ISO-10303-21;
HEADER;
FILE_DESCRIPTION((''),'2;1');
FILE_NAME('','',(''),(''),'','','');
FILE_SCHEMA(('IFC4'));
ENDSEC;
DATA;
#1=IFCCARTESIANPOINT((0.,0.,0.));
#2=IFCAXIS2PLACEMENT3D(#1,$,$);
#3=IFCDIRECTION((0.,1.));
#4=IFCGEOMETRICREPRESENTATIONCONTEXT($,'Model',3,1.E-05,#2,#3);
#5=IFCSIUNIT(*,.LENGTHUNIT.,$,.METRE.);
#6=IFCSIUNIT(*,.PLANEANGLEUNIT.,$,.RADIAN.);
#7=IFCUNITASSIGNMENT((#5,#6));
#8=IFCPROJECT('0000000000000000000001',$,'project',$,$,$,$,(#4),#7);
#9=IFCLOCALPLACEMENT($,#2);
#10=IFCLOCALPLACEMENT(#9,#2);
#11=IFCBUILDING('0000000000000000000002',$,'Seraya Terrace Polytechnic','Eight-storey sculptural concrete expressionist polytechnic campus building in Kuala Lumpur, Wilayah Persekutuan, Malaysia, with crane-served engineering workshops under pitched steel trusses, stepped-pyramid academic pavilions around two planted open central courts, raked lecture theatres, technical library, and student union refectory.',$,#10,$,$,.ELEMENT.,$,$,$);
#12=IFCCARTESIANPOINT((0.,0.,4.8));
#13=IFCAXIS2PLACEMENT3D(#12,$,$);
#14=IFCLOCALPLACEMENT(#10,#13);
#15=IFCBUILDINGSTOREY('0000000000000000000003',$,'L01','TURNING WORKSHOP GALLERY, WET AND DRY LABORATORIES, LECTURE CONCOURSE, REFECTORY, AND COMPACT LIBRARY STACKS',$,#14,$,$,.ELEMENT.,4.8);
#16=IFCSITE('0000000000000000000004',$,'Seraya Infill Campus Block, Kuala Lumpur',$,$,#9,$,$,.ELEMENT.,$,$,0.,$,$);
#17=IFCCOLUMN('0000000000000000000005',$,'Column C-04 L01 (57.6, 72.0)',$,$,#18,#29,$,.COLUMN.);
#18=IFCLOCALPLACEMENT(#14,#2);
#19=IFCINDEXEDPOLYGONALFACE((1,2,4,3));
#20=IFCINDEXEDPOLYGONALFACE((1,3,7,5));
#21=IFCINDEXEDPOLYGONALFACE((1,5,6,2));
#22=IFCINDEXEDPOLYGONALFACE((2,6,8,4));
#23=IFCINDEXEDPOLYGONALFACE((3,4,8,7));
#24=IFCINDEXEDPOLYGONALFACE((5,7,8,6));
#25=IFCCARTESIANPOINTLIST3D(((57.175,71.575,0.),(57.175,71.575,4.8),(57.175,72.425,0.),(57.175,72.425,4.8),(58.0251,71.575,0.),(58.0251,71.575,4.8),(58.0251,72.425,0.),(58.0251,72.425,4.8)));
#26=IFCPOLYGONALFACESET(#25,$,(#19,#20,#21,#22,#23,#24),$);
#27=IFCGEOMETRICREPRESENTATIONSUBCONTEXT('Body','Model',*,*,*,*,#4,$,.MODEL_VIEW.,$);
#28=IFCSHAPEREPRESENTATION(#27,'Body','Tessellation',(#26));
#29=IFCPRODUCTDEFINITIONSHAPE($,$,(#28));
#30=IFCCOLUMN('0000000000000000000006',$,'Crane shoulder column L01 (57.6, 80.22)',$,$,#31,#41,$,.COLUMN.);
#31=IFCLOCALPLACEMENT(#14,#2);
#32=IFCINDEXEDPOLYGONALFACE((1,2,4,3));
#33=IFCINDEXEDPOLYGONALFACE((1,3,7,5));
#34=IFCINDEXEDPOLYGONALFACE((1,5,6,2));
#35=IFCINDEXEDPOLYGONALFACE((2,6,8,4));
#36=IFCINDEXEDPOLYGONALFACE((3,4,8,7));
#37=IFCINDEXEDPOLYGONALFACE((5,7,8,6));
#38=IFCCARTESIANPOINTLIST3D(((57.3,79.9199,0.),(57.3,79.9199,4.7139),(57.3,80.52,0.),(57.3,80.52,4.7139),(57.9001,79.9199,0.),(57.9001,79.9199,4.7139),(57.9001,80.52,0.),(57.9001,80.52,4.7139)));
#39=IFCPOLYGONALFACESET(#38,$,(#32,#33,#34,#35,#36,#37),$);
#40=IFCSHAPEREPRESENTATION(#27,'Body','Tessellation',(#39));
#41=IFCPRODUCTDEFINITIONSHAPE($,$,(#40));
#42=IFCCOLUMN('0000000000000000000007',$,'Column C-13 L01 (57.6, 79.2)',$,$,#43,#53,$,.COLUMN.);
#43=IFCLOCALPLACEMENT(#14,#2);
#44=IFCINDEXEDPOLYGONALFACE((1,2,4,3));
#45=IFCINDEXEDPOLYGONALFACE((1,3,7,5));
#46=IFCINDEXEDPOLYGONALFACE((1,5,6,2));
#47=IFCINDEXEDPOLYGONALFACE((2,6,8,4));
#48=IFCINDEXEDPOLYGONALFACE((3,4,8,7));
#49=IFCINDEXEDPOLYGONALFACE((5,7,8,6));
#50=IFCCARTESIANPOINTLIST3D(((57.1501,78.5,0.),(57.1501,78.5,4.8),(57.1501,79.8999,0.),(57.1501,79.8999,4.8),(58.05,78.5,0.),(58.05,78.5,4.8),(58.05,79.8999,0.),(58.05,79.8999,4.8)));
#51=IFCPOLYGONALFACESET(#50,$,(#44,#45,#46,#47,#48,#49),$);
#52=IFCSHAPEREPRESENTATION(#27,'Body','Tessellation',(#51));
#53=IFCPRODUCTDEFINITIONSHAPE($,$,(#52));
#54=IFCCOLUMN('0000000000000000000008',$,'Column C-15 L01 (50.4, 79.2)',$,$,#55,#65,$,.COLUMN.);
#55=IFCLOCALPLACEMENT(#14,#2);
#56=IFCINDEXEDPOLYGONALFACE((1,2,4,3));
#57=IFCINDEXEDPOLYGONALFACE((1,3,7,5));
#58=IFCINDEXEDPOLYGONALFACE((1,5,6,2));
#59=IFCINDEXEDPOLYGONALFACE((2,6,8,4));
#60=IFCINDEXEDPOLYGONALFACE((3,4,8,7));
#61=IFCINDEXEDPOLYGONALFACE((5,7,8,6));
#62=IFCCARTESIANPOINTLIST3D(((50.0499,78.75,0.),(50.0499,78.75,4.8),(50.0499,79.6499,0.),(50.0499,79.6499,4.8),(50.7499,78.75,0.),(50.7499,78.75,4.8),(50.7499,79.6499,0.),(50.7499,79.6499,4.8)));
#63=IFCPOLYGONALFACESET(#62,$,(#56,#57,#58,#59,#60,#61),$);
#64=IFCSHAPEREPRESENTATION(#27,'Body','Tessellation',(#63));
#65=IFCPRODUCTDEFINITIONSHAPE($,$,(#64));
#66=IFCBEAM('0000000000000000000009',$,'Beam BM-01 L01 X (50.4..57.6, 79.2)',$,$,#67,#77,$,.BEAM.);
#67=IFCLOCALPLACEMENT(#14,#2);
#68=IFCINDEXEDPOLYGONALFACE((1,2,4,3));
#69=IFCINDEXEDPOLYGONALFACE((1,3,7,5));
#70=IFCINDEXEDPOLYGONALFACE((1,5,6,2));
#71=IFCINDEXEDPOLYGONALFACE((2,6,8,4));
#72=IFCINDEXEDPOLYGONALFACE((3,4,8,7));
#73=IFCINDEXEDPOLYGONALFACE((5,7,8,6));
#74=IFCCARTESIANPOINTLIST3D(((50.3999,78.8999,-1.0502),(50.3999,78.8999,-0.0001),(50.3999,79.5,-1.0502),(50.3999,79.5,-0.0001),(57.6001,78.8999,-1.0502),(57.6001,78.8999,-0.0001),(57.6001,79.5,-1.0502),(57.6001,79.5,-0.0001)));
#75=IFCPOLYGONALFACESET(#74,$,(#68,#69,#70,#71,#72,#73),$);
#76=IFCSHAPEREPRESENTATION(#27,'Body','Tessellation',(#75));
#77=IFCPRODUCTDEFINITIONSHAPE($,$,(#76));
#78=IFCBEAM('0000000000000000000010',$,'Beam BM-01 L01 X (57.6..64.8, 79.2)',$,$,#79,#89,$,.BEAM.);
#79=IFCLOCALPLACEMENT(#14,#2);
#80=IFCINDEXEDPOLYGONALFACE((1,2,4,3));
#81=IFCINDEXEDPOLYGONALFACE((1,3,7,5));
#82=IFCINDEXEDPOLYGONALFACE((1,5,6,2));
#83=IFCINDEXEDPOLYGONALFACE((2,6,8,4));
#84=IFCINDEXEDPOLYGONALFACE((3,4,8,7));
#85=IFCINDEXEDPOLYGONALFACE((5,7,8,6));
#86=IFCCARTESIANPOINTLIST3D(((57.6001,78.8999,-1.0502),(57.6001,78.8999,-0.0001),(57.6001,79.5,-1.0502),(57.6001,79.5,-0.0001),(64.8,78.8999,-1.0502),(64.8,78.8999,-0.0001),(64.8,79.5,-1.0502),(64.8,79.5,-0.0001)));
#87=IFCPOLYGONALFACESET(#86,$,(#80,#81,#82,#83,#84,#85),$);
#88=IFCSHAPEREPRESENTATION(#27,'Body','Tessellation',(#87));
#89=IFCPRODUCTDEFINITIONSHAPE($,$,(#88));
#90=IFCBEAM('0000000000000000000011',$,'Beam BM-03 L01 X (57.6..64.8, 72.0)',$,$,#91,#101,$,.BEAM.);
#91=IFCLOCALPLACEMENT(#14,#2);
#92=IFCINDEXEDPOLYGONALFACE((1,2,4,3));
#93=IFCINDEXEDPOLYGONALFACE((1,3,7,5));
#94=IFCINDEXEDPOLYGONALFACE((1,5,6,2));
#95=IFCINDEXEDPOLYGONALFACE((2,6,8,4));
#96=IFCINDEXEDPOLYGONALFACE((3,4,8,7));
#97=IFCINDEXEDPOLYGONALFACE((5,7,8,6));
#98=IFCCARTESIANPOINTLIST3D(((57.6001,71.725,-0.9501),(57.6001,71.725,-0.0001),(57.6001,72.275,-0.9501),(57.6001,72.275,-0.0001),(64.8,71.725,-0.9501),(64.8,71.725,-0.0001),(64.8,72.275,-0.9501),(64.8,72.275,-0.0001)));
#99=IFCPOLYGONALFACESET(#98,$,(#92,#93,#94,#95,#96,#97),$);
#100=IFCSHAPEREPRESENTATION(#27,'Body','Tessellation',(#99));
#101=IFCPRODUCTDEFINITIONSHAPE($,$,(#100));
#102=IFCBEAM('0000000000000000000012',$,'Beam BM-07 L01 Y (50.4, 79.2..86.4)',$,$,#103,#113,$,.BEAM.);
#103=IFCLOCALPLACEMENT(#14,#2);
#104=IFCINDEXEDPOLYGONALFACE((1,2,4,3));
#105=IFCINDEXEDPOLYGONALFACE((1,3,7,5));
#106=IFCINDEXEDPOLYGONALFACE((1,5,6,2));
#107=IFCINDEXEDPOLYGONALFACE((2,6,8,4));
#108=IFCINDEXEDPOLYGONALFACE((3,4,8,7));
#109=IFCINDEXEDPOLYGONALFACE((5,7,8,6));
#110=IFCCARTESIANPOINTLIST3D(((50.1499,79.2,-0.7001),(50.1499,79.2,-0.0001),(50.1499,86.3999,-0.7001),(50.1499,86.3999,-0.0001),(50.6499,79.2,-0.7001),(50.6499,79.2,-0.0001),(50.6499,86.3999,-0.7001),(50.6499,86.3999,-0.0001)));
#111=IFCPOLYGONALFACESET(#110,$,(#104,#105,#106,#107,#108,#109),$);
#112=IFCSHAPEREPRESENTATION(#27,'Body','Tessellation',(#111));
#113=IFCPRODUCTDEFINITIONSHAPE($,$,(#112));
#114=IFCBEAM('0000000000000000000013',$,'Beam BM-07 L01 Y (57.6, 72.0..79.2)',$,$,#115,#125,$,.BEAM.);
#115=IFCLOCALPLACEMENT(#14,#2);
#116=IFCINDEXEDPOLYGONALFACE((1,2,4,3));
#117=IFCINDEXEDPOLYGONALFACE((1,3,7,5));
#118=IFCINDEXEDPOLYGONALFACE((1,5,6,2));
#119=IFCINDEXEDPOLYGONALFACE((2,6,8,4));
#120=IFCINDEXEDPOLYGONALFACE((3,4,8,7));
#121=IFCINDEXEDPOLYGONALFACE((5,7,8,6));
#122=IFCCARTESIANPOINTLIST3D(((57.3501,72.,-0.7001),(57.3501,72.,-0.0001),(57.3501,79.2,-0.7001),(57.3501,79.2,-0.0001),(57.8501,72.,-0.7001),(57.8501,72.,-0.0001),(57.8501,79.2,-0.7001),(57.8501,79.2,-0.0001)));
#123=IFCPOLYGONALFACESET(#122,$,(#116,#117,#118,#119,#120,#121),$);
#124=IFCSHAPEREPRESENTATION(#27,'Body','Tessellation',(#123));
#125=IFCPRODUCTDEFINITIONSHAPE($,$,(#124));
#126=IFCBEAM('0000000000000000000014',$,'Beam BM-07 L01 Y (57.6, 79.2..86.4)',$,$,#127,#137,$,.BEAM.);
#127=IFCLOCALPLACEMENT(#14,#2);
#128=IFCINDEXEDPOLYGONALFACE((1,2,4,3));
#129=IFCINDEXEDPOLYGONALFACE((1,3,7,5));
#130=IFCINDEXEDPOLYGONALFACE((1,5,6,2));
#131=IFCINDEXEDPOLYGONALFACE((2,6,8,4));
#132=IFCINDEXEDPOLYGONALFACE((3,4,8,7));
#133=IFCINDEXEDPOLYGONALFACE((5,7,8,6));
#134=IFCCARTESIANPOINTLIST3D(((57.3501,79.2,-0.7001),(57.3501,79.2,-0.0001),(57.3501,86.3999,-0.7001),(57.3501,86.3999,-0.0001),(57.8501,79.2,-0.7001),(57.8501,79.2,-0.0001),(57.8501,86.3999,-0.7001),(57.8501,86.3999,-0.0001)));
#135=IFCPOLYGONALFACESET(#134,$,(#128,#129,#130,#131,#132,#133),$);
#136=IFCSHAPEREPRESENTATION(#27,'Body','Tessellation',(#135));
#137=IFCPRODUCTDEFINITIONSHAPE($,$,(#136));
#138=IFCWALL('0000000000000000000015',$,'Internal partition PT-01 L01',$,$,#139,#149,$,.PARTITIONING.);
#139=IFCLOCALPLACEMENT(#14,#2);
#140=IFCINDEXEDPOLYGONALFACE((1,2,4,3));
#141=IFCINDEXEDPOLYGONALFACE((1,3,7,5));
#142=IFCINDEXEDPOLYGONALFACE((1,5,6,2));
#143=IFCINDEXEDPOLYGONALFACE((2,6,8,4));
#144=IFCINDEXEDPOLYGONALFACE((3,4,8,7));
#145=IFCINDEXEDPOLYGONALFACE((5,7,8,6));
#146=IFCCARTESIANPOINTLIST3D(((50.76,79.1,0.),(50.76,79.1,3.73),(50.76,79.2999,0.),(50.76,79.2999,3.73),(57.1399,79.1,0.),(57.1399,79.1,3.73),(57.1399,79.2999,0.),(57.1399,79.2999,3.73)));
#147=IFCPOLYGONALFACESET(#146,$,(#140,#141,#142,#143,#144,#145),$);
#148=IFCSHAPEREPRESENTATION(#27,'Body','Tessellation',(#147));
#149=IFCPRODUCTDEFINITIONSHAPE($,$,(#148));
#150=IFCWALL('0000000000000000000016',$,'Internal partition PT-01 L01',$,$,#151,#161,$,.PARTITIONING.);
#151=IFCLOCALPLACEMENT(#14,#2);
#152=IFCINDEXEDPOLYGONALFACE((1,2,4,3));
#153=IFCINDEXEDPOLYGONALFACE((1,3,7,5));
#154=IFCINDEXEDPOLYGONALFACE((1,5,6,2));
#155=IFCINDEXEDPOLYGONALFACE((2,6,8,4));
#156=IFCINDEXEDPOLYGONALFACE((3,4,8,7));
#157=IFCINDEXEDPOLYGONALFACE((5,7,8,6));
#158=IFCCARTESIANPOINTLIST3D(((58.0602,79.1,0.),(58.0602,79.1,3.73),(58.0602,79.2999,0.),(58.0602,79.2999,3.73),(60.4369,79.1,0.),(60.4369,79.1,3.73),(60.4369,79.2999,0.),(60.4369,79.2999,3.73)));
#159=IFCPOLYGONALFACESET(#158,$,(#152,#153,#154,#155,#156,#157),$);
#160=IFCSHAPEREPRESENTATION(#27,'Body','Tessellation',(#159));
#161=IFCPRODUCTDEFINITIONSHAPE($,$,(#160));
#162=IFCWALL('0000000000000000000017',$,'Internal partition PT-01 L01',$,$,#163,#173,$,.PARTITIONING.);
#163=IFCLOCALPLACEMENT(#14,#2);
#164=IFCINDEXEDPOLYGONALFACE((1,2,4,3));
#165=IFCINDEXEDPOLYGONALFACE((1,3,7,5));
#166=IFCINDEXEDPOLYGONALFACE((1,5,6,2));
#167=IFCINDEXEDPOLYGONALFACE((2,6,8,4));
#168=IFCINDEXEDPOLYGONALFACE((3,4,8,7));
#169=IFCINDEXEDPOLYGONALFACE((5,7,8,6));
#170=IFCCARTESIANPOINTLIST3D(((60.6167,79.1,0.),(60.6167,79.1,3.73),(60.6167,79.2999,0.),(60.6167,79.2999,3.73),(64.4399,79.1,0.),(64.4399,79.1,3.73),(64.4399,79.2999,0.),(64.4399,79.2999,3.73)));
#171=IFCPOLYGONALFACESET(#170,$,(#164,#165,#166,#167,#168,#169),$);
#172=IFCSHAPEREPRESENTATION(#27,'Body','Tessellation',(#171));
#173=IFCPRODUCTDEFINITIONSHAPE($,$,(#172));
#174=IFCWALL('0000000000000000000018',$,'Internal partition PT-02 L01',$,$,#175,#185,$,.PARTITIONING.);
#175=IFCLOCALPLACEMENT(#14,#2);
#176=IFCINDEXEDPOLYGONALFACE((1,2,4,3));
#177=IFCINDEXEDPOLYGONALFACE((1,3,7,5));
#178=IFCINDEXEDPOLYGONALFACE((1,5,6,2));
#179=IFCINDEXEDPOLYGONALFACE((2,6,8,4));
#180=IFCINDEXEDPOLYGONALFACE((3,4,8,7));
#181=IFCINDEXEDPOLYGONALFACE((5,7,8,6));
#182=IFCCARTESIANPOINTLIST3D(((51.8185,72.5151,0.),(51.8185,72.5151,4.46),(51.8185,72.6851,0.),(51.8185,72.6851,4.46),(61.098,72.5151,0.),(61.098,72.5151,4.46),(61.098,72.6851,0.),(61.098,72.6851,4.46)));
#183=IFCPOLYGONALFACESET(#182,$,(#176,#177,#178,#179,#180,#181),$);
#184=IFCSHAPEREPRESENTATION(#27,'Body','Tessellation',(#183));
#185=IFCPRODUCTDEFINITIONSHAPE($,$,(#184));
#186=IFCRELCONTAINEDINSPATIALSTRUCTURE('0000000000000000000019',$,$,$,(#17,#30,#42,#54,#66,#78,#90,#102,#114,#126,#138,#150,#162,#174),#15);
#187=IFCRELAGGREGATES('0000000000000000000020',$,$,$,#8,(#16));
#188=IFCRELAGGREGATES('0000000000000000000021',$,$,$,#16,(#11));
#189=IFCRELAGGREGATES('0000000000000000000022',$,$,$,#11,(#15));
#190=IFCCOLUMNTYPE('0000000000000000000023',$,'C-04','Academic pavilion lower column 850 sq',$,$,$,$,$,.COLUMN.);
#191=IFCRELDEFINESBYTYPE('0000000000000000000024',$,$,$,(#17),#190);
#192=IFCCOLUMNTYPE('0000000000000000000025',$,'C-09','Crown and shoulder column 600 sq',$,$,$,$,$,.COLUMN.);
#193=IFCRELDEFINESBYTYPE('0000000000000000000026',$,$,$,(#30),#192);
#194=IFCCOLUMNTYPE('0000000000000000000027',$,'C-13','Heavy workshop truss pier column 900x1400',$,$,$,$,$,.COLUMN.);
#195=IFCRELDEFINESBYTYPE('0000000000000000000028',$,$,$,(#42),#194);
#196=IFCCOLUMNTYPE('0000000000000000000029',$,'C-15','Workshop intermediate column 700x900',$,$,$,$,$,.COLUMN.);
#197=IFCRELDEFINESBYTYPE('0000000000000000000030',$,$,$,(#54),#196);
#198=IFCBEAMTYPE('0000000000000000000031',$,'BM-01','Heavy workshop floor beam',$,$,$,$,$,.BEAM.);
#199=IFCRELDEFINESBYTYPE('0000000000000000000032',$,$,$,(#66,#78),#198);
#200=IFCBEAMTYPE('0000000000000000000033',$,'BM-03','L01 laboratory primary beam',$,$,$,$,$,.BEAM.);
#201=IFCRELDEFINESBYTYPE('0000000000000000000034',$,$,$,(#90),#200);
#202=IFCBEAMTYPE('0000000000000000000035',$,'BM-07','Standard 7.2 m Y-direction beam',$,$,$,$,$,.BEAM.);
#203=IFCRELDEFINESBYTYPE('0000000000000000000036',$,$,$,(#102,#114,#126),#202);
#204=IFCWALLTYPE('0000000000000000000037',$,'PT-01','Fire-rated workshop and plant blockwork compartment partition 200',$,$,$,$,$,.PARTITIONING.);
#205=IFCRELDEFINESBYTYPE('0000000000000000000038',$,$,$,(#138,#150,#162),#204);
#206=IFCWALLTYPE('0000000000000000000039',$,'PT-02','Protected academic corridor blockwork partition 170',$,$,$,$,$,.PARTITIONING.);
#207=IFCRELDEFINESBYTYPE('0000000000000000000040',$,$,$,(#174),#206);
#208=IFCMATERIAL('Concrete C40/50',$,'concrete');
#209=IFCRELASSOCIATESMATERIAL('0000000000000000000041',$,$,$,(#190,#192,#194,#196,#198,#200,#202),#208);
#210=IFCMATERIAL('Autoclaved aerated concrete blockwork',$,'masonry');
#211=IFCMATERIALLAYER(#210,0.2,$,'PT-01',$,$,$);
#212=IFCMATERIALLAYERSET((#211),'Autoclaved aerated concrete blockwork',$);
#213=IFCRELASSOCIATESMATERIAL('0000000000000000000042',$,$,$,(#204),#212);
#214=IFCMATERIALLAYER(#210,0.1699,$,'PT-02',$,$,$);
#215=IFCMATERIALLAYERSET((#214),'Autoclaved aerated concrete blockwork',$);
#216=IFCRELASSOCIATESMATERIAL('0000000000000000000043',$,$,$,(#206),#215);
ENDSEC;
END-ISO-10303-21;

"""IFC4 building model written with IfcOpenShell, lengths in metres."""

from ifc_helpers import new_model, si_unit, direction, frame, frame_2d, origin, origin_2d, place, context, subcontext, project, spatial, rectangle, extrude, material, layer, layer_set, material_profile, profile_set, type_object, element, save


model = new_model("IFC4")

# Units and contexts
model_context = context("Model", 3, precision=1e-05, world=origin(), true_north=direction((0.0, 1.0)))
body_context = subcontext(model_context, "Body", "Model", "MODEL_VIEW")
ifc_project = project(units=[si_unit("LENGTHUNIT", "METRE"), si_unit("PLANEANGLEUNIT", "RADIAN")], contexts=[model_context])

# Site, building, storey
site_placement = place(None, origin())
site = spatial("IfcSite", under=ifc_project, at=site_placement, Name="Seraya Infill Campus Block, Kuala Lumpur", CompositionType="ELEMENT", RefElevation=0.0)
building_placement = place(site_placement, origin())
building = spatial("IfcBuilding", under=site, at=building_placement, Name="Seraya Terrace Polytechnic", Description="Eight-storey sculptural concrete expressionist polytechnic campus building in Kuala Lumpur, Wilayah Persekutuan, Malaysia, with crane-served engineering workshops under pitched steel trusses, stepped-pyramid academic pavilions around two planted open central courts, raked lecture theatres, technical library, and student union refectory.", CompositionType="ELEMENT")
storey_placement = place(building_placement, frame((0.0, 0.0, 4.8)))
storey = spatial("IfcBuildingStorey", under=building, at=storey_placement, Name="L01", Description="TURNING WORKSHOP GALLERY, WET AND DRY LABORATORIES, LECTURE CONCOURSE, REFECTORY, AND COMPACT LIBRARY STACKS", CompositionType="ELEMENT", Elevation=4.8)

# Columns
ifc_material_1 = material(Name="Concrete C40/50", Category="concrete")
ifc_material_profile_1 = material_profile(ifc_material_1, rectangle(XDim=0.8501, YDim=0.8501, at=origin_2d()), Name="RC 850x850")
ifc_profile_set_1 = profile_set([ifc_material_profile_1], Name="Concrete C40/50")
column_type_1 = type_object("IfcColumnType", Name="C-04", Description="Academic pavilion lower column 850 sq", PredefinedType="COLUMN", material=ifc_profile_set_1)
column_1_placement = place(storey_placement, frame((57.6001, 72.0, 0.0), z_axis=(0.0, 0.0, 1.0), x_axis=(1.0, 0.0, 0.0)))
element("IfcColumn", 1, at=column_1_placement, inside=storey, type_object=column_type_1, Name="Column C-04 L01 (57.6, 72.0)", PredefinedType="COLUMN", context=body_context, shape_type="SweptSolid", body=[
    extrude(rectangle(XDim=0.8501, YDim=0.8501, at=origin_2d()), origin(), (0.0, 0.0, 1.0), 4.8),
])
ifc_material_profile_2 = material_profile(ifc_material_1, rectangle(XDim=0.6001, YDim=0.6001, at=origin_2d()), Name="RC 600x600")
ifc_profile_set_2 = profile_set([ifc_material_profile_2], Name="Concrete C40/50")
column_type_2 = type_object("IfcColumnType", Name="C-09", Description="Crown and shoulder column 600 sq", PredefinedType="COLUMN", material=ifc_profile_set_2)
column_2_placement = place(storey_placement, frame((57.6001, 80.22, 0.0), z_axis=(0.0, 0.0, 1.0), x_axis=(1.0, 0.0, 0.0)))
element("IfcColumn", 2, at=column_2_placement, inside=storey, type_object=column_type_2, Name="Crane shoulder column L01 (57.6, 80.22)", PredefinedType="COLUMN", context=body_context, shape_type="SweptSolid", body=[
    extrude(rectangle(XDim=0.6001, YDim=0.6001, at=origin_2d()), origin(), (0.0, 0.0, 1.0), 4.7139),
])
ifc_material_profile_3 = material_profile(ifc_material_1, rectangle(XDim=0.8999, YDim=1.3999, at=origin_2d()), Name="RC 900x1400")
ifc_profile_set_3 = profile_set([ifc_material_profile_3], Name="Concrete C40/50")
column_type_3 = type_object("IfcColumnType", Name="C-13", Description="Heavy workshop truss pier column 900x1400", PredefinedType="COLUMN", material=ifc_profile_set_3)
column_3_placement = place(storey_placement, frame((57.6001, 79.2, 0.0), z_axis=(0.0, 0.0, 1.0), x_axis=(1.0, 0.0, 0.0)))
element("IfcColumn", 3, at=column_3_placement, inside=storey, type_object=column_type_3, Name="Column C-13 L01 (57.6, 79.2)", PredefinedType="COLUMN", context=body_context, shape_type="SweptSolid", body=[
    extrude(rectangle(XDim=0.8999, YDim=1.3999, at=origin_2d()), origin(), (0.0, 0.0, 1.0), 4.8),
])
ifc_material_profile_4 = material_profile(ifc_material_1, rectangle(XDim=0.7, YDim=0.8999, at=origin_2d()), Name="RC 700x900")
ifc_profile_set_4 = profile_set([ifc_material_profile_4], Name="Concrete C40/50")
column_type_4 = type_object("IfcColumnType", Name="C-15", Description="Workshop intermediate column 700x900", PredefinedType="COLUMN", material=ifc_profile_set_4)
column_4_placement = place(storey_placement, frame((50.3999, 79.2, 0.0), z_axis=(0.0, 0.0, 1.0), x_axis=(1.0, 0.0, 0.0)))
element("IfcColumn", 4, at=column_4_placement, inside=storey, type_object=column_type_4, Name="Column C-15 L01 (50.4, 79.2)", PredefinedType="COLUMN", context=body_context, shape_type="SweptSolid", body=[
    extrude(rectangle(XDim=0.7, YDim=0.8999, at=origin_2d()), origin(), (0.0, 0.0, 1.0), 4.8),
])

# Beams
ifc_material_profile_5 = material_profile(ifc_material_1, rectangle(XDim=0.6001, YDim=1.05, at=origin_2d()), Name="RC 600x1050")
ifc_profile_set_5 = profile_set([ifc_material_profile_5], Name="Concrete C40/50")
beam_type_1 = type_object("IfcBeamType", Name="BM-01", Description="Heavy workshop floor beam", PredefinedType="BEAM", material=ifc_profile_set_5)
beam_1_placement = place(storey_placement, frame((50.3999, 79.2, -0.5251), z_axis=(1.0, 0.0, 0.0), x_axis=(0.0, 1.0, 0.0)))
element("IfcBeam", 5, at=beam_1_placement, inside=storey, type_object=beam_type_1, Name="Beam BM-01 L01 X (50.4..57.6, 79.2)", PredefinedType="BEAM", context=body_context, shape_type="SweptSolid", body=[
    extrude(rectangle(XDim=0.6001, YDim=1.05, at=origin_2d()), origin(), (0.0, 0.0, 1.0), 7.2002),
])
beam_2_placement = place(storey_placement, frame((57.6001, 79.2, -0.5251), z_axis=(1.0, 0.0, 0.0), x_axis=(0.0, 1.0, 0.0)))
element("IfcBeam", 6, at=beam_2_placement, inside=storey, type_object=beam_type_1, Name="Beam BM-01 L01 X (57.6..64.8, 79.2)", PredefinedType="BEAM", context=body_context, shape_type="SweptSolid", body=[
    extrude(rectangle(XDim=0.6001, YDim=1.05, at=origin_2d()), origin(), (0.0, 0.0, 1.0), 7.2),
])
ifc_material_profile_6 = material_profile(ifc_material_1, rectangle(XDim=0.55, YDim=0.95, at=origin_2d()), Name="RC 550x950")
ifc_profile_set_6 = profile_set([ifc_material_profile_6], Name="Concrete C40/50")
beam_type_2 = type_object("IfcBeamType", Name="BM-03", Description="L01 laboratory primary beam", PredefinedType="BEAM", material=ifc_profile_set_6)
beam_3_placement = place(storey_placement, frame((57.6001, 72.0, -0.4751), z_axis=(1.0, 0.0, 0.0), x_axis=(0.0, 1.0, 0.0)))
element("IfcBeam", 7, at=beam_3_placement, inside=storey, type_object=beam_type_2, Name="Beam BM-03 L01 X (57.6..64.8, 72.0)", PredefinedType="BEAM", context=body_context, shape_type="SweptSolid", body=[
    extrude(rectangle(XDim=0.55, YDim=0.95, at=origin_2d()), origin(), (0.0, 0.0, 1.0), 7.2),
])
ifc_material_profile_7 = material_profile(ifc_material_1, rectangle(XDim=0.5, YDim=0.7, at=origin_2d()), Name="RC 500x700")
ifc_profile_set_7 = profile_set([ifc_material_profile_7], Name="Concrete C40/50")
beam_type_3 = type_object("IfcBeamType", Name="BM-07", Description="Standard 7.2 m Y-direction beam", PredefinedType="BEAM", material=ifc_profile_set_7)
for number, where, z_axis, x_axis, name in (
    (8, (50.3999, 79.2, -0.3501), (0.0, 1.0, 0.0), (-1.0, 0.0, 0.0), "Beam BM-07 L01 Y (50.4, 79.2..86.4)"),
    (9, (57.6001, 72.0, -0.3501), (0.0, 1.0, 0.0), (-1.0, 0.0, 0.0), "Beam BM-07 L01 Y (57.6, 72.0..79.2)"),
    (10, (57.6001, 79.2, -0.3501), (0.0, 1.0, 0.0), (-1.0, 0.0, 0.0), "Beam BM-07 L01 Y (57.6, 79.2..86.4)"),
):
    element("IfcBeam", number, at=place(storey_placement, frame(where, z_axis=z_axis, x_axis=x_axis)), inside=storey, type_object=beam_type_3, Name=name, PredefinedType="BEAM", context=body_context, shape_type="SweptSolid", body=[
        extrude(rectangle(XDim=0.5, YDim=0.7, at=origin_2d()), origin(), (0.0, 0.0, 1.0), 7.2),
    ])

# Walls
ifc_material_2 = material(Name="Autoclaved aerated concrete blockwork", Category="masonry")
ifc_layer_1 = layer(ifc_material_2, 0.2, Name="PT-01")
ifc_layer_set_1 = layer_set([ifc_layer_1], Name="Autoclaved aerated concrete blockwork")
wall_type_1 = type_object("IfcWallType", Name="PT-01", Description="Fire-rated workshop and plant blockwork compartment partition 200", PredefinedType="PARTITIONING", material=ifc_layer_set_1)
wall_1_placement = place(storey_placement, frame((50.76, 79.2, 0.0), z_axis=(0.0, 0.0, 1.0), x_axis=(1.0, 0.0, 0.0)))
element("IfcWall", 11, at=wall_1_placement, inside=storey, type_object=wall_type_1, Name="Internal partition PT-01 L01", PredefinedType="PARTITIONING", context=body_context, shape_type="SweptSolid", body=[
    extrude(rectangle(XDim=6.3799, YDim=0.2, at=frame_2d((3.1899, 0.0))), origin(), (0.0, 0.0, 1.0), 3.73),
])
wall_2_placement = place(storey_placement, frame((58.0601, 79.2, 0.0), z_axis=(0.0, 0.0, 1.0), x_axis=(1.0, 0.0, 0.0)))
element("IfcWall", 12, at=wall_2_placement, inside=storey, type_object=wall_type_1, Name="Internal partition PT-01 L01", PredefinedType="PARTITIONING", context=body_context, shape_type="SweptSolid", body=[
    extrude(rectangle(XDim=2.3767, YDim=0.2, at=frame_2d((1.1885, 0.0))), origin(), (0.0, 0.0, 1.0), 3.73),
])
wall_3_placement = place(storey_placement, frame((60.6167, 79.2, 0.0), z_axis=(0.0, 0.0, 1.0), x_axis=(1.0, 0.0, 0.0)))
element("IfcWall", 13, at=wall_3_placement, inside=storey, type_object=wall_type_1, Name="Internal partition PT-01 L01", PredefinedType="PARTITIONING", context=body_context, shape_type="SweptSolid", body=[
    extrude(rectangle(XDim=3.8232, YDim=0.2, at=frame_2d((1.9116, 0.0))), origin(), (0.0, 0.0, 1.0), 3.73),
])
ifc_layer_2 = layer(ifc_material_2, 0.1699, Name="PT-02")
ifc_layer_set_2 = layer_set([ifc_layer_2], Name="Autoclaved aerated concrete blockwork")
wall_type_2 = type_object("IfcWallType", Name="PT-02", Description="Protected academic corridor blockwork partition 170", PredefinedType="PARTITIONING", material=ifc_layer_set_2)
wall_4_placement = place(storey_placement, frame((51.8186, 72.6001, 0.0), z_axis=(0.0, 0.0, 1.0), x_axis=(1.0, 0.0, 0.0)))
element("IfcWall", 14, at=wall_4_placement, inside=storey, type_object=wall_type_2, Name="Internal partition PT-02 L01", PredefinedType="PARTITIONING", context=body_context, shape_type="SweptSolid", body=[
    extrude(rectangle(XDim=9.2795, YDim=0.1699, at=frame_2d((4.6396, 0.0))), origin(), (0.0, 0.0, 1.0), 4.46),
])

save(model, "model.ifc")
